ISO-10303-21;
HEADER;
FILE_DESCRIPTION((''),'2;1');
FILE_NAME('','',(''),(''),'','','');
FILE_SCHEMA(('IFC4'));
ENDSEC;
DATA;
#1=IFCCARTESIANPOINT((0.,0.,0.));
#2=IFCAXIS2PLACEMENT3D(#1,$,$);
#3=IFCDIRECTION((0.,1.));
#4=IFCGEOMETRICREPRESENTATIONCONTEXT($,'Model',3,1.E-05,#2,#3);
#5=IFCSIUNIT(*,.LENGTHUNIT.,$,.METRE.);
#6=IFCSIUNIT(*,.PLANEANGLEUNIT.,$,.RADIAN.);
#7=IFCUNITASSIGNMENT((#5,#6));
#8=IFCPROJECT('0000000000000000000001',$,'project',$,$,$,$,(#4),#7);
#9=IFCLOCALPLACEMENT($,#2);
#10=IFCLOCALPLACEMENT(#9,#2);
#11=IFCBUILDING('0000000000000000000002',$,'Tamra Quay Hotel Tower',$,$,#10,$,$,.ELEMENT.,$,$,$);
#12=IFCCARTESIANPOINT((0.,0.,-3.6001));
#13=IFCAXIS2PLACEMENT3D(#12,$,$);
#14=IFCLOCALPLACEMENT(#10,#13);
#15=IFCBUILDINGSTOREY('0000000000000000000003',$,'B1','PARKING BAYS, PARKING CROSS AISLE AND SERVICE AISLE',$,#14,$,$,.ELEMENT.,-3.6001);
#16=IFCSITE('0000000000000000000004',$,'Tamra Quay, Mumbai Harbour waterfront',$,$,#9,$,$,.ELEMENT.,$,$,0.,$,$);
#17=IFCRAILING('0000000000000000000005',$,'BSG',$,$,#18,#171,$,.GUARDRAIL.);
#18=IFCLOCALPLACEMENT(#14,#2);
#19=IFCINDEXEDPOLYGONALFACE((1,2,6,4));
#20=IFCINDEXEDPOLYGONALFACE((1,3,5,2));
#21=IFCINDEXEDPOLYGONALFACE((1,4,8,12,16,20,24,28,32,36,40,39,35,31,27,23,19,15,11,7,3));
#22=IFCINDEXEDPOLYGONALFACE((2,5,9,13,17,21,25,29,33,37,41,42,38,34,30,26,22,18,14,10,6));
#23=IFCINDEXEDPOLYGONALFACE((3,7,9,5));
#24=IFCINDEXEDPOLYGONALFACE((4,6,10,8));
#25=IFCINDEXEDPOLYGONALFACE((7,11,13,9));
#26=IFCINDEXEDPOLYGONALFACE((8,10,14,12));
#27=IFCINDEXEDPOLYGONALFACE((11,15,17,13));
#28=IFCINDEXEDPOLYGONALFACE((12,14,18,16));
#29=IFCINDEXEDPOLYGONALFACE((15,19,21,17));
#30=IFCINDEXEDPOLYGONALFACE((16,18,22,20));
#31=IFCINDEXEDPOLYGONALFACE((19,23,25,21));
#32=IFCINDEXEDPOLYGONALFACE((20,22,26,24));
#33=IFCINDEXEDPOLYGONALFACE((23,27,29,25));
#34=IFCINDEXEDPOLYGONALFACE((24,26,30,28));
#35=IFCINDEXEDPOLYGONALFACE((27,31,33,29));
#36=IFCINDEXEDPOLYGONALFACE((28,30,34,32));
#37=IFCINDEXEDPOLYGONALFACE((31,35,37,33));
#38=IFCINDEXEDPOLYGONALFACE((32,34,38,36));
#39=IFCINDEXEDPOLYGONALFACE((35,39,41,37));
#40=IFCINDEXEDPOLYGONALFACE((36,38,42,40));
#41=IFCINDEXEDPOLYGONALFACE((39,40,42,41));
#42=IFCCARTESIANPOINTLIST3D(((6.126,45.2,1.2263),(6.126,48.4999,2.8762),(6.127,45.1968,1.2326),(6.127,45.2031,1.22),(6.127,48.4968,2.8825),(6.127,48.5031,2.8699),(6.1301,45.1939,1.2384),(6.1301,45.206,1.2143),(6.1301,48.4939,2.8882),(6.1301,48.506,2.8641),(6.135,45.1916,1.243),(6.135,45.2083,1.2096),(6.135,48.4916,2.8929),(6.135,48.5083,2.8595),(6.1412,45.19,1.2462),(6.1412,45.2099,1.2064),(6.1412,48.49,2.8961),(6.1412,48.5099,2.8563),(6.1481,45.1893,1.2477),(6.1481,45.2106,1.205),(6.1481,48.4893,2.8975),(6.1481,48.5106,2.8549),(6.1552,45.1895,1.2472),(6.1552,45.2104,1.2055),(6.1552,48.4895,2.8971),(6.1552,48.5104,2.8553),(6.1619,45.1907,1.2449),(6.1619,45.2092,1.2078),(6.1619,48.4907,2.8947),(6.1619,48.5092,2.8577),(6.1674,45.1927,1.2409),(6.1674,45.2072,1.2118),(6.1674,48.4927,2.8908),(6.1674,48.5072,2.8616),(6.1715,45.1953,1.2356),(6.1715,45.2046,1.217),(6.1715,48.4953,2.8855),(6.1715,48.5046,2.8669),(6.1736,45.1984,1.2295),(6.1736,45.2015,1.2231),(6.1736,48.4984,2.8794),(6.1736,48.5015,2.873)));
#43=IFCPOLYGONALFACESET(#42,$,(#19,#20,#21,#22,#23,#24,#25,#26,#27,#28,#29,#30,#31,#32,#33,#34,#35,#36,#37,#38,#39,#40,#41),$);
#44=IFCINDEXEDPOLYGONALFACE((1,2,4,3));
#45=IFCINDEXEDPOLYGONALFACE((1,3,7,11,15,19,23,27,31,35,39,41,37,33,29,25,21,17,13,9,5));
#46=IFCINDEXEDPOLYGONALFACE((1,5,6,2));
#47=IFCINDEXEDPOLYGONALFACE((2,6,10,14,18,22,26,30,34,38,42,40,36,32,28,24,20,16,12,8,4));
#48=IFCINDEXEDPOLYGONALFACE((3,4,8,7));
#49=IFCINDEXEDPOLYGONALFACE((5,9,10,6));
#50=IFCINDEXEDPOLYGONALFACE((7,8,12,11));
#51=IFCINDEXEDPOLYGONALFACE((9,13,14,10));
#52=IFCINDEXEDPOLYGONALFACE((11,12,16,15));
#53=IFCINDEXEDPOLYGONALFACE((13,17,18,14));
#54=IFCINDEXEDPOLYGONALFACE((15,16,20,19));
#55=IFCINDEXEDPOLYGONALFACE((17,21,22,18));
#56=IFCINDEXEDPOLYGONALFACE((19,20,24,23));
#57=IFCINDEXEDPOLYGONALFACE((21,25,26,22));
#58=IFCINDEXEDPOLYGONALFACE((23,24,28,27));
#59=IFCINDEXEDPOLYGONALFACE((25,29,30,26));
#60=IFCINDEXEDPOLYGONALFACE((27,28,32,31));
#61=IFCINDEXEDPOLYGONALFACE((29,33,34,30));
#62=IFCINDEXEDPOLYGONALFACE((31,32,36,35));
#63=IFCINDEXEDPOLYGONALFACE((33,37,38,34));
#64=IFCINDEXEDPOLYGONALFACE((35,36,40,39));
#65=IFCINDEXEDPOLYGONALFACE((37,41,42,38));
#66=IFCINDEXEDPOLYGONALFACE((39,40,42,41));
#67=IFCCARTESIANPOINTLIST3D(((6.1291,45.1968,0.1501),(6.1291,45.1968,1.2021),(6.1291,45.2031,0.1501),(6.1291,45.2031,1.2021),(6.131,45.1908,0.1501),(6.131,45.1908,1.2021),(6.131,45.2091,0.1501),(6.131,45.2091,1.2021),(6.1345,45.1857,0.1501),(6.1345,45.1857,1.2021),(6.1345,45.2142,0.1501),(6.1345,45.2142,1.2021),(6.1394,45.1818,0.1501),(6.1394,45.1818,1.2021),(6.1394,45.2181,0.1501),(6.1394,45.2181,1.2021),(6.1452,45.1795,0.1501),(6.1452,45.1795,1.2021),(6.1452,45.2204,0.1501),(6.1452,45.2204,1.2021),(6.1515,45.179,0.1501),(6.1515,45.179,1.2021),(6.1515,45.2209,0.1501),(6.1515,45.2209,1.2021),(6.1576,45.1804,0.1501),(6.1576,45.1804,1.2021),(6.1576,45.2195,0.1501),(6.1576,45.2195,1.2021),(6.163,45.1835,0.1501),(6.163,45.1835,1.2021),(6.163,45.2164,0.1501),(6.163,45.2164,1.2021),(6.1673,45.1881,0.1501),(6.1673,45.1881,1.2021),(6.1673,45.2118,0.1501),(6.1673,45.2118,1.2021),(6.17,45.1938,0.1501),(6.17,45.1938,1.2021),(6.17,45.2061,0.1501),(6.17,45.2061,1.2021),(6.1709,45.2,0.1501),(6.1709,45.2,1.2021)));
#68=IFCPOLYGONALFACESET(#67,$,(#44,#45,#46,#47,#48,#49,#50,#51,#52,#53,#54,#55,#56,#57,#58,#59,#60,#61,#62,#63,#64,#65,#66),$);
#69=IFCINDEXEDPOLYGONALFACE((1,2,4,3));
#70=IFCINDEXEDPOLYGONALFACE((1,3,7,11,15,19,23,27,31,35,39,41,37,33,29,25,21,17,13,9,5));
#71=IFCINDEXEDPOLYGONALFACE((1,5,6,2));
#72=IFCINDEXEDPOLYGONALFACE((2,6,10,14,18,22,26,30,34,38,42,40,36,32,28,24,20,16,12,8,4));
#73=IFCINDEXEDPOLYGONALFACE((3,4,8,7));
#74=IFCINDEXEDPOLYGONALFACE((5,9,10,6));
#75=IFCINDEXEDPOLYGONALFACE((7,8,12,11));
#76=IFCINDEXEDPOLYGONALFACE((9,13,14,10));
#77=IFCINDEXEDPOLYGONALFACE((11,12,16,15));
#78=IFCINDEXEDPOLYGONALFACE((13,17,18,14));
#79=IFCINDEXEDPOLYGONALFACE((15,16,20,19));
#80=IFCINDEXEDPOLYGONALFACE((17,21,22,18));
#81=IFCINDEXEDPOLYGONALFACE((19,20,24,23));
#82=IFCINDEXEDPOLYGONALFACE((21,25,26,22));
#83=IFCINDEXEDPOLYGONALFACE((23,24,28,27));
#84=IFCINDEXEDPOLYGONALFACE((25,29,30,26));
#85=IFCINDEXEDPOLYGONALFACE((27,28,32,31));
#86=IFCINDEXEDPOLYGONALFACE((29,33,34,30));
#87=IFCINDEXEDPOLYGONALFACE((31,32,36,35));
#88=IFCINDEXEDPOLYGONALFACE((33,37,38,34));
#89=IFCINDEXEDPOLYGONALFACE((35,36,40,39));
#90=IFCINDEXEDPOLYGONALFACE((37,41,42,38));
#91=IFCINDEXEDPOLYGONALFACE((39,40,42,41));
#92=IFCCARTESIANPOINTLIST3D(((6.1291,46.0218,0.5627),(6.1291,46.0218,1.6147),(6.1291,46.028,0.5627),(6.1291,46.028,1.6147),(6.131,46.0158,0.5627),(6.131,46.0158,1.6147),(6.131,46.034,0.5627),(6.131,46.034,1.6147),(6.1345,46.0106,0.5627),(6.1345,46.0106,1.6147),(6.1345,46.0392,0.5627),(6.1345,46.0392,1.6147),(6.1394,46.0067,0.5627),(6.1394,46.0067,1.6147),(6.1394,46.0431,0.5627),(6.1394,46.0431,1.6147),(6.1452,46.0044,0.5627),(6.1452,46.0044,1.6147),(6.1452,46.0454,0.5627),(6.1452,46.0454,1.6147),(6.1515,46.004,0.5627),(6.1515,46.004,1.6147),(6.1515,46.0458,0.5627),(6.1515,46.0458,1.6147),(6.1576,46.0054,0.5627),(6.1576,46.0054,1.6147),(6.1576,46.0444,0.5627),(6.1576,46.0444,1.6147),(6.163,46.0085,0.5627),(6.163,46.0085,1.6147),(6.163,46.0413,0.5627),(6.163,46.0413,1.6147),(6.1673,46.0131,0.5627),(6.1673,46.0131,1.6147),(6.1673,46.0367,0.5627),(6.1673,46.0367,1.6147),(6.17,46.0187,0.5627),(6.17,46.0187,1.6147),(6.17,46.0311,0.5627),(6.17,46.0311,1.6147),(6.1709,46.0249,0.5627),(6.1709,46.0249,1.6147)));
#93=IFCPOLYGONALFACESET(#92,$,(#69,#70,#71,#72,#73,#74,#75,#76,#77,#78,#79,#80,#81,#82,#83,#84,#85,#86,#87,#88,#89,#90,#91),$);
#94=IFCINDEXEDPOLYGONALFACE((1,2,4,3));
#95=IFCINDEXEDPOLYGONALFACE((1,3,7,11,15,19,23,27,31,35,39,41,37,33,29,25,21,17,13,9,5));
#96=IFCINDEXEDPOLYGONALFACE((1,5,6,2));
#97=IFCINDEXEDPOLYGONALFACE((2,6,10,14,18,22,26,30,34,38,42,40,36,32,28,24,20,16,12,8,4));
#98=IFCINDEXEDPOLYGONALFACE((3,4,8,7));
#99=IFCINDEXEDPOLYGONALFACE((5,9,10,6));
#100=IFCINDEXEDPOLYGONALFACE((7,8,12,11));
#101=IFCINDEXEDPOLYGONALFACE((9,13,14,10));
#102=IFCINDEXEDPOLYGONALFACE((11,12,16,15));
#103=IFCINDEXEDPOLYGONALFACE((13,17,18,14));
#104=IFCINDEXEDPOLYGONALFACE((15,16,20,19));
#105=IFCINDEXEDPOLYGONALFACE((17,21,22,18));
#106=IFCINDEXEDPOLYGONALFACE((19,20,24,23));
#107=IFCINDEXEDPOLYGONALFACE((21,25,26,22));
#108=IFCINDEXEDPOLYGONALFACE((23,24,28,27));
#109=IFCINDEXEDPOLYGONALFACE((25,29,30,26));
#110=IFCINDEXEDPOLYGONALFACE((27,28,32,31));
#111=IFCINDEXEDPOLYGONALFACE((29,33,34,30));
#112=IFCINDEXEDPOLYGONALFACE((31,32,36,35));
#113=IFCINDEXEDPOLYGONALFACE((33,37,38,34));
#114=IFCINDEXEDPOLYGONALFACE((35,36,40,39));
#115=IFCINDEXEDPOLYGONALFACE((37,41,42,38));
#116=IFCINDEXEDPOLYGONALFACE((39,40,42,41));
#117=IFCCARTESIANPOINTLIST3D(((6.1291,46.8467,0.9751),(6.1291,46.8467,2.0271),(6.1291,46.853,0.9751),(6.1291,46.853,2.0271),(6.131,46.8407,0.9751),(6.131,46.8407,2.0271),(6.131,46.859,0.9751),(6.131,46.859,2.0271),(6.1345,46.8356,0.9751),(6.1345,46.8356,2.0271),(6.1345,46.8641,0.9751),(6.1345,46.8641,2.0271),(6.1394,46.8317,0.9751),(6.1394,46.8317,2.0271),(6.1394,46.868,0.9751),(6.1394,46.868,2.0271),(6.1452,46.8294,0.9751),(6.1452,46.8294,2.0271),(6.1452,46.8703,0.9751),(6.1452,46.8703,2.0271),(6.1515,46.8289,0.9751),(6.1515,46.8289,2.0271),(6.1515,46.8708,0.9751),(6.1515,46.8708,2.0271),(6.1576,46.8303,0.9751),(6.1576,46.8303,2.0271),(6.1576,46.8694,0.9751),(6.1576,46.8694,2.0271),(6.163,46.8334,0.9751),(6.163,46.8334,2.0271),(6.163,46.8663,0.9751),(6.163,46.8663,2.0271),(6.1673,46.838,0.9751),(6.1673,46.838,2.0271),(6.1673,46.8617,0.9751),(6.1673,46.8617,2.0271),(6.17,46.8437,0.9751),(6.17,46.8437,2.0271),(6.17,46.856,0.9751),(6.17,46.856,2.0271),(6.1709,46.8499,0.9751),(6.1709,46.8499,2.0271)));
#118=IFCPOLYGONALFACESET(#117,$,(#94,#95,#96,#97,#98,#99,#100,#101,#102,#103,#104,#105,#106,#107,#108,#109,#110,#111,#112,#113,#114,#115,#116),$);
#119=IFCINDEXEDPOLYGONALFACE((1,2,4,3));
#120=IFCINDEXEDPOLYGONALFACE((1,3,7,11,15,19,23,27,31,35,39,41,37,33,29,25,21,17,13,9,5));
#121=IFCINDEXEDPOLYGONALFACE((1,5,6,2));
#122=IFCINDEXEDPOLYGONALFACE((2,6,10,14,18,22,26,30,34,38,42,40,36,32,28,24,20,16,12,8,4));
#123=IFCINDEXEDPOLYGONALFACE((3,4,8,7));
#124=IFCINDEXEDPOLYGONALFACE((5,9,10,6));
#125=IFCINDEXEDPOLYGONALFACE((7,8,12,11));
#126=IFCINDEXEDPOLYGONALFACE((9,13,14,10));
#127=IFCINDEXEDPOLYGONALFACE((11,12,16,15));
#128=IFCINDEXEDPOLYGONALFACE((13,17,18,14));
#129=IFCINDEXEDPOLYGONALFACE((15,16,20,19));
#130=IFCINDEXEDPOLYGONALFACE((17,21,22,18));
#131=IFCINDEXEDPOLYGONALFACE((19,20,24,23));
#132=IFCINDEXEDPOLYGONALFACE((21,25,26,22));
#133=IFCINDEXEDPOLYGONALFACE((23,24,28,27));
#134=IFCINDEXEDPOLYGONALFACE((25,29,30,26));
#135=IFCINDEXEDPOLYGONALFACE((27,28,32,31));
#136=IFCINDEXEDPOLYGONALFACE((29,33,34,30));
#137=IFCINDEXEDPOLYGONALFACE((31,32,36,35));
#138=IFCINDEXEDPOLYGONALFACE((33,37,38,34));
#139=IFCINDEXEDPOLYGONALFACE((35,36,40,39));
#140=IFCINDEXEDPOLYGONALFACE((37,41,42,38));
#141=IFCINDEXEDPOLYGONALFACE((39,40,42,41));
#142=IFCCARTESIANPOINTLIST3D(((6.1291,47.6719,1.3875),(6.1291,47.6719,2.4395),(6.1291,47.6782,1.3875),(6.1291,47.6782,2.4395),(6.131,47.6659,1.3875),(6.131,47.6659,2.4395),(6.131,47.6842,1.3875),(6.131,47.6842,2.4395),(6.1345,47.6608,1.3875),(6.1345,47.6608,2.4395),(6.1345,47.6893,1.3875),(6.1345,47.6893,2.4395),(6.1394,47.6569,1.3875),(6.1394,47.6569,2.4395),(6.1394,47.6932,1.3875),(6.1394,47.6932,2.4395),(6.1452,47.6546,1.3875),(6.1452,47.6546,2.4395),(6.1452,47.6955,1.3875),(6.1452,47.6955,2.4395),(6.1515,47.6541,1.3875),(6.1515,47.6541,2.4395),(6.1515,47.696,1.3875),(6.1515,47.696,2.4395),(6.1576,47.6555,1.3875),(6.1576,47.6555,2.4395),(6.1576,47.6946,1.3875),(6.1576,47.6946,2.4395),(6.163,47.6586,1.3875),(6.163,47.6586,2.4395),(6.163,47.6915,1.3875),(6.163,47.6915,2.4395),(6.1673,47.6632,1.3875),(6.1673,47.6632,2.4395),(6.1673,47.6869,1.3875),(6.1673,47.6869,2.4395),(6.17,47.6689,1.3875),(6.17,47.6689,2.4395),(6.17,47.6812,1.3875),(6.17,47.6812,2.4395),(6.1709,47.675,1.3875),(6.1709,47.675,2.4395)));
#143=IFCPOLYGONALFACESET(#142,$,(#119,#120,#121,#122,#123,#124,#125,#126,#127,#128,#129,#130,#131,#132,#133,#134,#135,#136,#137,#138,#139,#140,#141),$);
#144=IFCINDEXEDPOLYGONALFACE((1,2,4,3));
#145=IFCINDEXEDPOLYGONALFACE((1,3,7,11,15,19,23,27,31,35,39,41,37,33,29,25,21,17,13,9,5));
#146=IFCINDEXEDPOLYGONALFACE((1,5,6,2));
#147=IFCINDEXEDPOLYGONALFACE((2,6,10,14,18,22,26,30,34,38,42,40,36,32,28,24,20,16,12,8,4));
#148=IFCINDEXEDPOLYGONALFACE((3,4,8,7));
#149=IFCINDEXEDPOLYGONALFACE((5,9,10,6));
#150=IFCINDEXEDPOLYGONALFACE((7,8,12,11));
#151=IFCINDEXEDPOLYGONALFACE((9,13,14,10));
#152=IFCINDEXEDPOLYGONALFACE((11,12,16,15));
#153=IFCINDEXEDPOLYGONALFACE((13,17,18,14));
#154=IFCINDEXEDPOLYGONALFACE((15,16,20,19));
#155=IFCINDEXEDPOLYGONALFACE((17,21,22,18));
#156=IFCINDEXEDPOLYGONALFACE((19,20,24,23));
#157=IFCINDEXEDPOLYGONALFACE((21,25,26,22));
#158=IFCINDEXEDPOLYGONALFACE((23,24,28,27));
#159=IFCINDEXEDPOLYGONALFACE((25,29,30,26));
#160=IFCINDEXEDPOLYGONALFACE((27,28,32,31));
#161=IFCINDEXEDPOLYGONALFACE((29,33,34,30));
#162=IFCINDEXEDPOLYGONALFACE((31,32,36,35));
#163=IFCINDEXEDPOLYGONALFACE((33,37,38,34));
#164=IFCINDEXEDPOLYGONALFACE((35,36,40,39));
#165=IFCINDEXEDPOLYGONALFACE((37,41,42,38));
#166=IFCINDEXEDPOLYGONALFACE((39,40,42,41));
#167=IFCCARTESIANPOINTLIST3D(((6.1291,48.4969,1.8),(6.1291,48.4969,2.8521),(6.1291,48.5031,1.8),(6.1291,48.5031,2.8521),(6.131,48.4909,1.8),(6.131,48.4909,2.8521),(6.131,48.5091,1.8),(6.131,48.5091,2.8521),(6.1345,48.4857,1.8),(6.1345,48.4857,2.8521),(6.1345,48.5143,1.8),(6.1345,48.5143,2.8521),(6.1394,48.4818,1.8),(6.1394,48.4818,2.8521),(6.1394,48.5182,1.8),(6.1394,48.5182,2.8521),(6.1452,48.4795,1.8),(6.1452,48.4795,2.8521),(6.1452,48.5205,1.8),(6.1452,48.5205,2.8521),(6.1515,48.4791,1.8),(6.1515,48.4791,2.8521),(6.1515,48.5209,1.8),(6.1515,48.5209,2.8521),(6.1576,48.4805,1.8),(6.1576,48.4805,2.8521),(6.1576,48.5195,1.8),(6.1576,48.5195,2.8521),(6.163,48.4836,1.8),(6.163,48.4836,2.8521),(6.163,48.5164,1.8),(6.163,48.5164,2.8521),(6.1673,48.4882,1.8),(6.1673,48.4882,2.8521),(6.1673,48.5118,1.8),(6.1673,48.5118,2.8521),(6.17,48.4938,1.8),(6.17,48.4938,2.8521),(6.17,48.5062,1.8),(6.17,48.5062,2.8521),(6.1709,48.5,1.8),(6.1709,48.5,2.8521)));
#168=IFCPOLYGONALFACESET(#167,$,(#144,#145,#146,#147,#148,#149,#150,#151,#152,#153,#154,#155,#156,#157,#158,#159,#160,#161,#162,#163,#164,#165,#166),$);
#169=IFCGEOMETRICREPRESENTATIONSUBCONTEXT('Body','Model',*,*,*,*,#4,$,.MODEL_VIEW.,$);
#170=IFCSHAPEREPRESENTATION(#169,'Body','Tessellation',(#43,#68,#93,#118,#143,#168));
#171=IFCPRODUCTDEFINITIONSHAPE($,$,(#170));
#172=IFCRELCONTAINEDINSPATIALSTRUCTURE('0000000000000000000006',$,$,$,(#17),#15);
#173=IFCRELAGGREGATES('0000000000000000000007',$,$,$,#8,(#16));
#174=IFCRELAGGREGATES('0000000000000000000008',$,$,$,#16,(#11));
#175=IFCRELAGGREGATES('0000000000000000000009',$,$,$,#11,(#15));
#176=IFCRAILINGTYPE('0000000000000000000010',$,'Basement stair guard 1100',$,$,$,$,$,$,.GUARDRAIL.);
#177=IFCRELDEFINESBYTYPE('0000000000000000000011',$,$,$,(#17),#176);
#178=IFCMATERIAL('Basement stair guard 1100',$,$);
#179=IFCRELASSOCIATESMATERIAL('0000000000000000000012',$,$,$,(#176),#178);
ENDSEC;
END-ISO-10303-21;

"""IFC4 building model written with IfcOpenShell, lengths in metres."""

from ifc_helpers import new_model, si_unit, direction, frame, origin, origin_2d, place, context, subcontext, project, spatial, circle, extrude, material, type_object, element, save


model = new_model("IFC4")

# Units and contexts
model_context = context("Model", 3, precision=1e-05, world=origin(), true_north=direction((0.0, 1.0)))
body_context = subcontext(model_context, "Body", "Model", "MODEL_VIEW")
ifc_project = project(units=[si_unit("LENGTHUNIT", "METRE"), si_unit("PLANEANGLEUNIT", "RADIAN")], contexts=[model_context])

# Site, building, storey
site_placement = place(None, origin())
site = spatial("IfcSite", under=ifc_project, at=site_placement, Name="Tamra Quay, Mumbai Harbour waterfront", CompositionType="ELEMENT", RefElevation=0.0)
building_placement = place(site_placement, origin())
building = spatial("IfcBuilding", under=site, at=building_placement, Name="Tamra Quay Hotel Tower", CompositionType="ELEMENT")
storey_placement = place(building_placement, frame((0.0, 0.0, -3.6001)))
storey = spatial("IfcBuildingStorey", under=building, at=storey_placement, Name="B1", Description="PARKING BAYS, PARKING CROSS AISLE AND SERVICE AISLE", CompositionType="ELEMENT", Elevation=-3.6001)

# Railing
ifc_material_1 = material(Name="Basement stair guard 1100")
railing_type_1 = type_object("IfcRailingType", Name="Basement stair guard 1100", PredefinedType="GUARDRAIL", material=ifc_material_1)
railing_1_placement = place(storey_placement, frame((6.1499, 45.2, 0.1501)))
element("IfcRailing", 1, at=railing_1_placement, inside=storey, type_object=railing_type_1, Name="BSG", PredefinedType="GUARDRAIL", context=body_context, shape_type="SweptSolid", body=[
    extrude(circle(Radius=0.0239, at=origin_2d()), frame((0.0, 0.0, 1.0762), z_axis=(0.0, 0.89444, 0.447187), x_axis=(-1.0, 0.0, 0.0)), (0.0, 0.0, 1.0), 3.6895),
    extrude(circle(Radius=0.021, at=origin_2d()), origin(), (0.0, 0.0, 1.0), 1.052),
    extrude(circle(Radius=0.021, at=origin_2d()), frame((0.0, 0.825, 0.4126)), (0.0, 0.0, 1.0), 1.052),
    extrude(circle(Radius=0.021, at=origin_2d()), frame((0.0, 1.6499, 0.825)), (0.0, 0.0, 1.0), 1.052),
    extrude(circle(Radius=0.021, at=origin_2d()), frame((0.0, 2.4751, 1.2373)), (0.0, 0.0, 1.0), 1.052),
    extrude(circle(Radius=0.021, at=origin_2d()), frame((0.0, 3.3, 1.6499)), (0.0, 0.0, 1.0), 1.052),
])

save(model, "model.ifc")
